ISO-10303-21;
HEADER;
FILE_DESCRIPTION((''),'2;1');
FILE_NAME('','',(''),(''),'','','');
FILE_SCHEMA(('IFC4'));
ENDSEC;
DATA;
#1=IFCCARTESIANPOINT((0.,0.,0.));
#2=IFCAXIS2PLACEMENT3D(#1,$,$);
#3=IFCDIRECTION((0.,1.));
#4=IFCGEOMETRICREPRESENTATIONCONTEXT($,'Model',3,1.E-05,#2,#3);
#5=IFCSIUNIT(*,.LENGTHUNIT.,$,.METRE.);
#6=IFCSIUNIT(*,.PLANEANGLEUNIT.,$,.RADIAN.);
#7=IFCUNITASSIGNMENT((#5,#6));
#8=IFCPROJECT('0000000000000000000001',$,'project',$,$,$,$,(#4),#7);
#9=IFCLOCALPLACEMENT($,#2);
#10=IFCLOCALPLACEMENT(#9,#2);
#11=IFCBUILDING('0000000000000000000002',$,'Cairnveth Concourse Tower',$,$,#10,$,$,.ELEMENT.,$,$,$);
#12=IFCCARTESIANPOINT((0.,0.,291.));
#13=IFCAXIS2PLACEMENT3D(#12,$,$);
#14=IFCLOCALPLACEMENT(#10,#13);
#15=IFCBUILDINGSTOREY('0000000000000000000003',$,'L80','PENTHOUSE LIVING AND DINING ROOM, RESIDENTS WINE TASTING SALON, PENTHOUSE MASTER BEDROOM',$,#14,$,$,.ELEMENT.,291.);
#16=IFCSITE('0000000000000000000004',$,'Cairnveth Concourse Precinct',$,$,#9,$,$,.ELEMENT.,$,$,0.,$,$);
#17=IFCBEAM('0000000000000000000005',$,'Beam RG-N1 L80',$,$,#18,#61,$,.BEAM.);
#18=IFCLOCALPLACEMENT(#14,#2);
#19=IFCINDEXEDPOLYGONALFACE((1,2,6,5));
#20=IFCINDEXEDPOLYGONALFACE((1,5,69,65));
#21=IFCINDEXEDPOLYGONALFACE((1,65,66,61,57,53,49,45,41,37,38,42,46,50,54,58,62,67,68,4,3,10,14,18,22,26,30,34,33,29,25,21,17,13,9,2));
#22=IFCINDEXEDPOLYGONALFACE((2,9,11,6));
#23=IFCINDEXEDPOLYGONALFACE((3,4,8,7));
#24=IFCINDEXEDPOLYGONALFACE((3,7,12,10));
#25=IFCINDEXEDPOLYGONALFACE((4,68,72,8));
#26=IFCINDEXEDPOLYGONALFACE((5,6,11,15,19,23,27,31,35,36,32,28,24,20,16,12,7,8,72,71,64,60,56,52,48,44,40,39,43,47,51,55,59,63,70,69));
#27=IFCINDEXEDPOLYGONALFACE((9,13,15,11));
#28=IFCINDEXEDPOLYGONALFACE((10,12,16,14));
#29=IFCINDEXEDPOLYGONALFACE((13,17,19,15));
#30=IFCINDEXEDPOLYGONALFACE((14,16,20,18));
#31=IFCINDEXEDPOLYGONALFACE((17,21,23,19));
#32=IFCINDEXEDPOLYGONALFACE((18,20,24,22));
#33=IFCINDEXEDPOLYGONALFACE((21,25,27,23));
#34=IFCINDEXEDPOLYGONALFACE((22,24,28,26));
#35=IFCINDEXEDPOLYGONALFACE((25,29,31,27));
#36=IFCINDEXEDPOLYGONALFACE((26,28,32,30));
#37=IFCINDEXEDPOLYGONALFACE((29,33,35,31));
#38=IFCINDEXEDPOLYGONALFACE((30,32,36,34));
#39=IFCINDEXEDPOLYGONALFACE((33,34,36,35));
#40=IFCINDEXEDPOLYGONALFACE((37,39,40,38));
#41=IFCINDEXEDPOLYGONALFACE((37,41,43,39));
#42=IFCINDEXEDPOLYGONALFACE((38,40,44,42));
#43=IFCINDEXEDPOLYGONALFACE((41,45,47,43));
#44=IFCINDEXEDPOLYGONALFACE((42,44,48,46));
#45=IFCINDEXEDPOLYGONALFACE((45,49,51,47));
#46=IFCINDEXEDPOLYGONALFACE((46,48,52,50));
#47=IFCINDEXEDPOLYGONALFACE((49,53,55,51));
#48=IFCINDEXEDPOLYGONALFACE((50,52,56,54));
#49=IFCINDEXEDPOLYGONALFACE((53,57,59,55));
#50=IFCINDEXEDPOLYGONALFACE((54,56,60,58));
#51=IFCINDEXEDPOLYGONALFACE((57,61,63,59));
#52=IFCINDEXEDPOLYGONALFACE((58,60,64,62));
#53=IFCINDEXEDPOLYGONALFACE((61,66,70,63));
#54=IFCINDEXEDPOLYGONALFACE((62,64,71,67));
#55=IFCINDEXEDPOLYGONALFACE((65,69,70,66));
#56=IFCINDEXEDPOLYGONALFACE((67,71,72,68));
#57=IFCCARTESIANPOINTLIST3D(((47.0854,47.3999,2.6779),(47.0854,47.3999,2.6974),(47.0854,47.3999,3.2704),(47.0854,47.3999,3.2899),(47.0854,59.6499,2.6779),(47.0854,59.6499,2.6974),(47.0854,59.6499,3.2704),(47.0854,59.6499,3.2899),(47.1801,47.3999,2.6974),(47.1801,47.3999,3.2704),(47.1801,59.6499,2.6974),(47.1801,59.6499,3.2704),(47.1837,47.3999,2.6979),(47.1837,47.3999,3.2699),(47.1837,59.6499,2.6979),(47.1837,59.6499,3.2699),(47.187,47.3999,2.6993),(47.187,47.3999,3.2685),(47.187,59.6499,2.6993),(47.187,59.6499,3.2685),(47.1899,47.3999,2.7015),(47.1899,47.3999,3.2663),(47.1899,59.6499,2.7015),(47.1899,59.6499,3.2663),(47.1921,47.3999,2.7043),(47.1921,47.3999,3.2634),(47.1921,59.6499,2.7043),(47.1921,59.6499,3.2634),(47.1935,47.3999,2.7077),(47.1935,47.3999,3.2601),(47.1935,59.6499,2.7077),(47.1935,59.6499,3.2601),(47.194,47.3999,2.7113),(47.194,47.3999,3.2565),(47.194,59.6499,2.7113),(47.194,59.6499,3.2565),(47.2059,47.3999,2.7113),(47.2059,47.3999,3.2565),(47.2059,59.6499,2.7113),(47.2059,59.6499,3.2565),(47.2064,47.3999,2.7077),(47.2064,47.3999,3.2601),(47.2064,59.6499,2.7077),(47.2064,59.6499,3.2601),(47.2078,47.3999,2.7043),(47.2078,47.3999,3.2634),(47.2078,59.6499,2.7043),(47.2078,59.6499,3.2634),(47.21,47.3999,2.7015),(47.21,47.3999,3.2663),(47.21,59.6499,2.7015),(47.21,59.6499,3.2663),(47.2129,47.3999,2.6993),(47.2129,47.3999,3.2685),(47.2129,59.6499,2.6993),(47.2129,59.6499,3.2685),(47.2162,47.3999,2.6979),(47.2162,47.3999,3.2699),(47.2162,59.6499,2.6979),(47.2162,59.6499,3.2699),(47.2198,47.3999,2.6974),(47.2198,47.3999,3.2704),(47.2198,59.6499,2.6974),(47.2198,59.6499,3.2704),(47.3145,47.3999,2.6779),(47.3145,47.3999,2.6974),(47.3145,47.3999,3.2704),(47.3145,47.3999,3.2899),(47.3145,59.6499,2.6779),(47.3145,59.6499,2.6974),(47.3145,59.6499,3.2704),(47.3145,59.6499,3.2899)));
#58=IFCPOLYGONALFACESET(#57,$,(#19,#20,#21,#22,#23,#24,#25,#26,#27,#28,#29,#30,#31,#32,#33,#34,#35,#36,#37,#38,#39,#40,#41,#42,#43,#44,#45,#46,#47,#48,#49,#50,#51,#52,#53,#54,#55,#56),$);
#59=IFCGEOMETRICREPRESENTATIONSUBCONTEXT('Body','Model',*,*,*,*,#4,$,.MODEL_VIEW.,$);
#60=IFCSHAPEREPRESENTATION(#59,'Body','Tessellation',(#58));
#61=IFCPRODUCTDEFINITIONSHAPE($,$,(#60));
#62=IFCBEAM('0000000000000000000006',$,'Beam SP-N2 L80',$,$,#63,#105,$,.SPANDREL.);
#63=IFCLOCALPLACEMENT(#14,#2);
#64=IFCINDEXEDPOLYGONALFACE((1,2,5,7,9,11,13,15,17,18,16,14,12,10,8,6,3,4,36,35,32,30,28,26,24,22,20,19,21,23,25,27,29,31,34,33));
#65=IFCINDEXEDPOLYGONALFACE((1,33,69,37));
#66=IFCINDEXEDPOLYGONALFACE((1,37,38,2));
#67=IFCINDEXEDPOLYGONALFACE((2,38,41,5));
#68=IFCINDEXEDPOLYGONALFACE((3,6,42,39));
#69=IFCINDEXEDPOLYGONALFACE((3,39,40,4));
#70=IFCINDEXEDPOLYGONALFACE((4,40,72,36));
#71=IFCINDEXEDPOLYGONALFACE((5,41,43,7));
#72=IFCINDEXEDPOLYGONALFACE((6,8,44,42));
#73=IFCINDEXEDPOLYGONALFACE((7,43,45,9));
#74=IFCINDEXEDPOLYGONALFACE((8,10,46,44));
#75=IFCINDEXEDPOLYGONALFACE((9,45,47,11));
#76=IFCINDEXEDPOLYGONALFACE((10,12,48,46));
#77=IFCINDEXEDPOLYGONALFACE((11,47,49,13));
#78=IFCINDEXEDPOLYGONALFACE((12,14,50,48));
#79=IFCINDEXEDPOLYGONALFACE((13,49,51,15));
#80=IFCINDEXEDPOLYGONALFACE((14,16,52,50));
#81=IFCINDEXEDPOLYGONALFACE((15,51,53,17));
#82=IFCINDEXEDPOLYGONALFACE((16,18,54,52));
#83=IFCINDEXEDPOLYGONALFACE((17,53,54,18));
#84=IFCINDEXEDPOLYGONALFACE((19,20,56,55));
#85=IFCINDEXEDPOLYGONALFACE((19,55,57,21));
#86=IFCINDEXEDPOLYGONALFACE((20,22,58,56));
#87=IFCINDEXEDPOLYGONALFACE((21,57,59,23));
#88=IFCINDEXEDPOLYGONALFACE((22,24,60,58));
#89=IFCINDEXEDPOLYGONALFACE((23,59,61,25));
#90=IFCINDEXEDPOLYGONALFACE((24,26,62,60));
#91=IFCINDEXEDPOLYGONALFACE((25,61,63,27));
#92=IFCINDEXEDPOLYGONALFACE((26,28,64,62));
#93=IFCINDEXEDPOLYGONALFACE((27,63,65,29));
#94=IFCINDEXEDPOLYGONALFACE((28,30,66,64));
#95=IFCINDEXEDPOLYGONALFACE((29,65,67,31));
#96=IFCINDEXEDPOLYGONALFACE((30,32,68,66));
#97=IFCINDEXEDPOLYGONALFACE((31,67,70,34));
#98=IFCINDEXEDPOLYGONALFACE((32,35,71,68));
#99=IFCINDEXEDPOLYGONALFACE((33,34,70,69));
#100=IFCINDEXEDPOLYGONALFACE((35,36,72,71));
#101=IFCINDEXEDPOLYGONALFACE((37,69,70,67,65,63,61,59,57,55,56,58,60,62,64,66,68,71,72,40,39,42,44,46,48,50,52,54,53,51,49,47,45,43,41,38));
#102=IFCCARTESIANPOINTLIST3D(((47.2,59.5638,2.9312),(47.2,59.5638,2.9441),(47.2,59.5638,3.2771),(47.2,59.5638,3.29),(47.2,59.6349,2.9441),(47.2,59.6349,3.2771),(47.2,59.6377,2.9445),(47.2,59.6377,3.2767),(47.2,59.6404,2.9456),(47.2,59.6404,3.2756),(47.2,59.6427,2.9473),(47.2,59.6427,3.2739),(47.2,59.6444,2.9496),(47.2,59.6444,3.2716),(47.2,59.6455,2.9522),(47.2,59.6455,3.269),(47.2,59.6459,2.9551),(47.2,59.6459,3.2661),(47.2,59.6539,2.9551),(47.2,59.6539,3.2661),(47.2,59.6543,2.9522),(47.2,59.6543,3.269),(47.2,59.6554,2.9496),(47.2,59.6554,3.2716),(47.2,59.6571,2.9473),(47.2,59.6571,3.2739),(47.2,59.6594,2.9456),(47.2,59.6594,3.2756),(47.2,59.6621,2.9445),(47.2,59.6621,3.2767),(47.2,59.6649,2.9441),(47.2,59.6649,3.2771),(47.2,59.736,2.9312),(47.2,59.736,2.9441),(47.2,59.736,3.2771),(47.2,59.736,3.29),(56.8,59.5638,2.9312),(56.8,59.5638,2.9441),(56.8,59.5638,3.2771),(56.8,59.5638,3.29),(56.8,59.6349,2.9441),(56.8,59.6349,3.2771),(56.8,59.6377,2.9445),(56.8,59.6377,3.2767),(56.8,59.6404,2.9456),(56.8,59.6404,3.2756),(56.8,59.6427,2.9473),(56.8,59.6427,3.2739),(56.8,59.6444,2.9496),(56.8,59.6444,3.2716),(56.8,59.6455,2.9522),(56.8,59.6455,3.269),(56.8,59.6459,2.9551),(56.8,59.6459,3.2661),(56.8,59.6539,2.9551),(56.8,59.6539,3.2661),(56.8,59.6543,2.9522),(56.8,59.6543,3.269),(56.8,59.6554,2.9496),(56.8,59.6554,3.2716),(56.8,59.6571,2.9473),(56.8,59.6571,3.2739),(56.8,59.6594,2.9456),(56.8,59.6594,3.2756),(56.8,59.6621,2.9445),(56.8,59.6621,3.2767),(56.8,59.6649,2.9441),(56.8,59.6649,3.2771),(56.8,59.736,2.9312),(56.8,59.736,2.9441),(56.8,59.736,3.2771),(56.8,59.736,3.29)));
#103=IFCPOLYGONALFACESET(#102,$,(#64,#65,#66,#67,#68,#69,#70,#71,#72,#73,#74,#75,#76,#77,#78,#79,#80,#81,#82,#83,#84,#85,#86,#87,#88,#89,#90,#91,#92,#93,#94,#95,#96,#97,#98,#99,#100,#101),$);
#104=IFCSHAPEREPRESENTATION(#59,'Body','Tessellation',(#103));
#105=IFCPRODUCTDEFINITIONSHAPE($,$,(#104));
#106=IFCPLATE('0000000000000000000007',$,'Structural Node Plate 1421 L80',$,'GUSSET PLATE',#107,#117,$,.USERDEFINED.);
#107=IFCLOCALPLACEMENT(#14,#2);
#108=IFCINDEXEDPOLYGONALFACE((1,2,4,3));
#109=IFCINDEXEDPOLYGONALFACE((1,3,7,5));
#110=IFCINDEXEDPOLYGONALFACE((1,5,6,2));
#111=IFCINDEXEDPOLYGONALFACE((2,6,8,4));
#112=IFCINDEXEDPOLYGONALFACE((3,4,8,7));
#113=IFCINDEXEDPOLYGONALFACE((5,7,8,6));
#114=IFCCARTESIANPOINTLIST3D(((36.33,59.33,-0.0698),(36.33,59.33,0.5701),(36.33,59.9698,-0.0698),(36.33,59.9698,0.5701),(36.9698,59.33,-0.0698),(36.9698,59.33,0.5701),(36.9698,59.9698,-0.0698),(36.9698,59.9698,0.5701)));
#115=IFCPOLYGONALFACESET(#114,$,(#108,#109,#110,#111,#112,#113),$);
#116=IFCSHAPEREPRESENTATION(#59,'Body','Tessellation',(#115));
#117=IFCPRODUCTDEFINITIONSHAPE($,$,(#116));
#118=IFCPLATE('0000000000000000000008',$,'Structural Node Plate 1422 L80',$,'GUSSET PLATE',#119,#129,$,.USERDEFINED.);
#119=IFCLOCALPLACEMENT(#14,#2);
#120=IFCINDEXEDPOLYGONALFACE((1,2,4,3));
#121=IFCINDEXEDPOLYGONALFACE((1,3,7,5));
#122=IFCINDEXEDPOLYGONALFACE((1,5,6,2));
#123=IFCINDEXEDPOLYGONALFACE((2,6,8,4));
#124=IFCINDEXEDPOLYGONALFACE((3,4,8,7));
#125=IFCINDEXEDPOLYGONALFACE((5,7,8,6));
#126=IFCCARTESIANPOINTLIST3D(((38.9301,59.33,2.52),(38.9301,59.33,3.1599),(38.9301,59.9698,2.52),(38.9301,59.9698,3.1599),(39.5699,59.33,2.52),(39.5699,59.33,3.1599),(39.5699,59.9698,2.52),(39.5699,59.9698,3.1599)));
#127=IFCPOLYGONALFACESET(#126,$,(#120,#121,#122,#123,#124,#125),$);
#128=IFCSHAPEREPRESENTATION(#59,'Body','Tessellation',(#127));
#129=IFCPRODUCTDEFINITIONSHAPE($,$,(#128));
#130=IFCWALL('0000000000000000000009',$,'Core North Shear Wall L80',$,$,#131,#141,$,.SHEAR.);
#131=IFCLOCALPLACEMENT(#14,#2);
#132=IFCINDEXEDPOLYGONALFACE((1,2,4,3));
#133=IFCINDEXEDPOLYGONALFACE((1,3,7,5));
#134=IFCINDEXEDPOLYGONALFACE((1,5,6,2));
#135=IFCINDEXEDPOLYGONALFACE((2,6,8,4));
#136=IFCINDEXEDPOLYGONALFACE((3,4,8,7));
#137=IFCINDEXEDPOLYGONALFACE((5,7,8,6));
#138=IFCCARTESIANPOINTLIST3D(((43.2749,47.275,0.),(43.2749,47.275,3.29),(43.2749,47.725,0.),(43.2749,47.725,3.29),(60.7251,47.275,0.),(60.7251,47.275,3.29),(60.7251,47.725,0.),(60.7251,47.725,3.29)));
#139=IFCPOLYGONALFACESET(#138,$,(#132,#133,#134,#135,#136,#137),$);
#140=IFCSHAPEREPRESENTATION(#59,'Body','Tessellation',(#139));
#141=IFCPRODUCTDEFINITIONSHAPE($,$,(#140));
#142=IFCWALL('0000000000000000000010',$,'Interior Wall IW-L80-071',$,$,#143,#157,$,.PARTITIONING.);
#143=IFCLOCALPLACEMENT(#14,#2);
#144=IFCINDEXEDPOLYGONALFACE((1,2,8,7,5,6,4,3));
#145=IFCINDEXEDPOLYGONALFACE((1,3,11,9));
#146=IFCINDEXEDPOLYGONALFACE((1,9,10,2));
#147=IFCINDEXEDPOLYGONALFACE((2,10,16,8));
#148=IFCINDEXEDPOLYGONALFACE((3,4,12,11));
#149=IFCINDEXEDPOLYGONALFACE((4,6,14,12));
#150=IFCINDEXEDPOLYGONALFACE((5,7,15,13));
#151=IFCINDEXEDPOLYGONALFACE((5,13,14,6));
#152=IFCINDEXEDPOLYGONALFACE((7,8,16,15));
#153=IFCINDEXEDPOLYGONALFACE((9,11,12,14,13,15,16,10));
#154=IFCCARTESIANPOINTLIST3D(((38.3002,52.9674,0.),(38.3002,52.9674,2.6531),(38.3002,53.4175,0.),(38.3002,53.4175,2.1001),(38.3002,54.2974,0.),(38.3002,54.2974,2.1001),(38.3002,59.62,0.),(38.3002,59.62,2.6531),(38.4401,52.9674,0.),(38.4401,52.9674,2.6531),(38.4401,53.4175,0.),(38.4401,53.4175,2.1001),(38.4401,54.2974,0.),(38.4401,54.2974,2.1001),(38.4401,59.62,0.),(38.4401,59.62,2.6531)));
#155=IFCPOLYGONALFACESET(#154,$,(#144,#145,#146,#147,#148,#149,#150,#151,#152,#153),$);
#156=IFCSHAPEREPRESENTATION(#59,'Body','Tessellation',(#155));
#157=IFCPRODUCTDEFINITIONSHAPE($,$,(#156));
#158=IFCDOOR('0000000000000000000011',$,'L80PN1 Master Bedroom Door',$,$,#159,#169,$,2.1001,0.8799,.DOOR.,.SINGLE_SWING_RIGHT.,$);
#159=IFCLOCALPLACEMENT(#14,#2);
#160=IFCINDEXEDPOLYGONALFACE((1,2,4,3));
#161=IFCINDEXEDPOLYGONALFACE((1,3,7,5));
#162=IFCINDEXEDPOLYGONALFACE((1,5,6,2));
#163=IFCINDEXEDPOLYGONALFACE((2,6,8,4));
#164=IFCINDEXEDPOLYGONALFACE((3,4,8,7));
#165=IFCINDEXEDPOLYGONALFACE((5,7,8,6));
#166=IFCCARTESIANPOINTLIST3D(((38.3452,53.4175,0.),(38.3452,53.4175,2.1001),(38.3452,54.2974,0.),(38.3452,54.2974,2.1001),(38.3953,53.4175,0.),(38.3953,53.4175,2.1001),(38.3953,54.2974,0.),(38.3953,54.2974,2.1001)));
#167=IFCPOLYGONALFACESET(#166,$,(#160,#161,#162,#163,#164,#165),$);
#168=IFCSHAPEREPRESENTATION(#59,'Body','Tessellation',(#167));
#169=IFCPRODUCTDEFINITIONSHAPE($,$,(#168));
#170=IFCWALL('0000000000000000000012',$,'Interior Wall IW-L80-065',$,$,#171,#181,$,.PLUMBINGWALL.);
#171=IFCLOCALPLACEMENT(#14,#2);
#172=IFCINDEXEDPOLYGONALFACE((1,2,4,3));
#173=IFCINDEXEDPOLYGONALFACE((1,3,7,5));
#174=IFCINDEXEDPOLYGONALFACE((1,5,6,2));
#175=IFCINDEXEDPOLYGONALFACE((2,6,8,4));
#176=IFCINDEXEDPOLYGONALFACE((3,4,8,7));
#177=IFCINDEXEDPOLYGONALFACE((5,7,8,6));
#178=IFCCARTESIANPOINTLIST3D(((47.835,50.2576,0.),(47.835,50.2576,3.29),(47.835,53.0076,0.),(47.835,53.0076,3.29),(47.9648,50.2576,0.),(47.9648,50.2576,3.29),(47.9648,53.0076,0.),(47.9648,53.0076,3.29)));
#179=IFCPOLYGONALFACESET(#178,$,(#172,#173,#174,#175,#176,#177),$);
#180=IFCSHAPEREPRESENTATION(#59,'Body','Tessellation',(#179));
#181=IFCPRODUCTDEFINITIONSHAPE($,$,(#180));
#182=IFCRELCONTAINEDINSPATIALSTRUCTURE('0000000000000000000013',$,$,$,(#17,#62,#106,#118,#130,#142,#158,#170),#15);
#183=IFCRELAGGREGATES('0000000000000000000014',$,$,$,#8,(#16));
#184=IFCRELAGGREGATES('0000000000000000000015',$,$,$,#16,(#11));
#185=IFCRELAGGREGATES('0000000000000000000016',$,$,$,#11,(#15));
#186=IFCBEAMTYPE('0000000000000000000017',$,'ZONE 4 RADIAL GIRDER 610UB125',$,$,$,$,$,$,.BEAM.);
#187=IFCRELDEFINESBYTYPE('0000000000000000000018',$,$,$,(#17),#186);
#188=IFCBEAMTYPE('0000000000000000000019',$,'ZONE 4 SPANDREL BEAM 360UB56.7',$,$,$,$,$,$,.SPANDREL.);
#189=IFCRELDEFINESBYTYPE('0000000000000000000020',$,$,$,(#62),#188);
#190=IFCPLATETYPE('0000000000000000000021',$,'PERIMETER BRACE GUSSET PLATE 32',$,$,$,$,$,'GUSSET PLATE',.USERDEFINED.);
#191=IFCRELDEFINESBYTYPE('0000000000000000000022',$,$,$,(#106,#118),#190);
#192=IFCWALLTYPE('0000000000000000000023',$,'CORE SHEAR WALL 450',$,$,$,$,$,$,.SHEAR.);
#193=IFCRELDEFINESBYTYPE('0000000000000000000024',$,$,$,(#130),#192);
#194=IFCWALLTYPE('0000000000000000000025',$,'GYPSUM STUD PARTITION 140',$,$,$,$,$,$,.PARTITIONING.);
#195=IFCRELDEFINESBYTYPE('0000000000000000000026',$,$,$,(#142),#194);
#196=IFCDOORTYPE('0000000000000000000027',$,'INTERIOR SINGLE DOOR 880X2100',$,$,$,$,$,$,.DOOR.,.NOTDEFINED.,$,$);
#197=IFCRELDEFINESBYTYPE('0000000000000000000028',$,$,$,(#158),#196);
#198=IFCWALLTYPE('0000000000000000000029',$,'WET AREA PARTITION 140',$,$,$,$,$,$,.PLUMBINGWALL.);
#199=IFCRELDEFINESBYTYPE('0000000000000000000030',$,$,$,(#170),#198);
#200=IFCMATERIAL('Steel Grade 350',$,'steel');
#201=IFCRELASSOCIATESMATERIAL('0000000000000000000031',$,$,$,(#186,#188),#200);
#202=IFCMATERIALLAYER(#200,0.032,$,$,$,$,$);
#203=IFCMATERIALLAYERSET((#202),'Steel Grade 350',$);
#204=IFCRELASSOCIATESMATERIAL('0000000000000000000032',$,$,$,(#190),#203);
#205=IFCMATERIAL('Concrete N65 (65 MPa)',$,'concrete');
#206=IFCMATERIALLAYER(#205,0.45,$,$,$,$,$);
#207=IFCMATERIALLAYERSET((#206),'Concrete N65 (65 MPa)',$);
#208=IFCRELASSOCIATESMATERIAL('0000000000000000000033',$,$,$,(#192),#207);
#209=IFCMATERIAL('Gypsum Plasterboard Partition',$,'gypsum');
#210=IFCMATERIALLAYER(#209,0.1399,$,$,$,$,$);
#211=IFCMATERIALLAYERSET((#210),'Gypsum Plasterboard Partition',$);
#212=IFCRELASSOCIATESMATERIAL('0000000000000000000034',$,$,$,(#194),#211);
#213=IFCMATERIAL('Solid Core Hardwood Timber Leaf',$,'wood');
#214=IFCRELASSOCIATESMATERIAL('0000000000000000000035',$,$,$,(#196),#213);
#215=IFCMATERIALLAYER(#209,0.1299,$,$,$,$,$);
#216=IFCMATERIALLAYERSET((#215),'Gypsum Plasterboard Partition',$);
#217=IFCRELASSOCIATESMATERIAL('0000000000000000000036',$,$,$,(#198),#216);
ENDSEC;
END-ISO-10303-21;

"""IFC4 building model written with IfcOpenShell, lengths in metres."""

from ifc_helpers import new_model, si_unit, direction, frame, frame_2d, origin, origin_2d, place, context, subcontext, project, spatial, rectangle, i_section, extrude, material, layer, layer_set, material_profile, profile_set, type_object, element, fill, save


model = new_model("IFC4")

# Units and contexts
model_context = context("Model", 3, precision=1e-05, world=origin(), true_north=direction((0.0, 1.0)))
body_context = subcontext(model_context, "Body", "Model", "MODEL_VIEW")
ifc_project = project(units=[si_unit("LENGTHUNIT", "METRE"), si_unit("PLANEANGLEUNIT", "RADIAN")], contexts=[model_context])

# Site, building, storey
site_placement = place(None, origin())
site = spatial("IfcSite", under=ifc_project, at=site_placement, Name="Cairnveth Concourse Precinct", CompositionType="ELEMENT", RefElevation=0.0)
building_placement = place(site_placement, origin())
building = spatial("IfcBuilding", under=site, at=building_placement, Name="Cairnveth Concourse Tower", CompositionType="ELEMENT")
storey_placement = place(building_placement, frame((0.0, 0.0, 291.0)))
storey = spatial("IfcBuildingStorey", under=building, at=storey_placement, Name="L80", Description="PENTHOUSE LIVING AND DINING ROOM, RESIDENTS WINE TASTING SALON, PENTHOUSE MASTER BEDROOM", CompositionType="ELEMENT", Elevation=291.0)

# Shared definitions
ifc_material_1 = material(Name="Steel Grade 350", Category="steel")

# Beams
ifc_material_profile_1 = material_profile(ifc_material_1, i_section(OverallWidth=0.229, OverallDepth=0.6121, WebThickness=0.012, FlangeThickness=0.0195, FilletRadius=0.0139, at=origin_2d()), Name="610UB125")
ifc_profile_set_1 = profile_set([ifc_material_profile_1], Name="Steel Grade 350")
beam_type_1 = type_object("IfcBeamType", Name="ZONE 4 RADIAL GIRDER 610UB125", PredefinedType="BEAM", material=ifc_profile_set_1)
beam_1_placement = place(storey_placement, frame((47.2, 47.3999, 2.9839), z_axis=(0.0, 1.0, 0.0), x_axis=(-1.0, 0.0, 0.0)))
element("IfcBeam", 1, at=beam_1_placement, inside=storey, type_object=beam_type_1, Name="Beam RG-N1 L80", PredefinedType="BEAM", context=body_context, shape_type="SweptSolid", body=[
    extrude(i_section(OverallWidth=0.229, OverallDepth=0.6121, WebThickness=0.012, FlangeThickness=0.0195, FilletRadius=0.0139, at=origin_2d()), origin(), (0.0, 0.0, 1.0), 12.25),
])
ifc_material_profile_2 = material_profile(ifc_material_1, i_section(OverallWidth=0.1721, OverallDepth=0.3589, WebThickness=0.0081, FlangeThickness=0.0129, FilletRadius=0.011, at=origin_2d()), Name="360UB56.7")
ifc_profile_set_2 = profile_set([ifc_material_profile_2], Name="Steel Grade 350")
beam_type_2 = type_object("IfcBeamType", Name="ZONE 4 SPANDREL BEAM 360UB56.7", PredefinedType="SPANDREL", material=ifc_profile_set_2)
beam_2_placement = place(storey_placement, frame((47.2, 59.6499, 3.1106), z_axis=(1.0, 0.0, 0.0), x_axis=(0.0, 1.0, 0.0)))
element("IfcBeam", 2, at=beam_2_placement, inside=storey, type_object=beam_type_2, Name="Beam SP-N2 L80", PredefinedType="SPANDREL", context=body_context, shape_type="SweptSolid", body=[
    extrude(i_section(OverallWidth=0.1721, OverallDepth=0.3589, WebThickness=0.0081, FlangeThickness=0.0129, FilletRadius=0.011, at=origin_2d()), origin(), (0.0, 0.0, 1.0), 9.6001),
])

# Plates
ifc_layer_1 = layer(ifc_material_1, 0.032)
ifc_layer_set_1 = layer_set([ifc_layer_1], Name="Steel Grade 350")
plate_type = type_object("IfcPlateType", Name="PERIMETER BRACE GUSSET PLATE 32", ElementType="GUSSET PLATE", PredefinedType="USERDEFINED", material=ifc_layer_set_1)
for number, where, z_axis, x_axis, name in (
    (3, (36.6499, 59.6499, -0.0698), (0.0, 0.0, 1.0), (1.0, 0.0, 0.0), "Structural Node Plate 1421 L80"),
    (4, (39.25, 59.6499, 2.52), (0.0, 0.0, 1.0), (1.0, 0.0, 0.0), "Structural Node Plate 1422 L80"),
):
    element("IfcPlate", number, at=place(storey_placement, frame(where, z_axis=z_axis, x_axis=x_axis)), inside=storey, type_object=plate_type, Name=name, ObjectType="GUSSET PLATE", PredefinedType="USERDEFINED", context=body_context, shape_type="SweptSolid", body=[
        extrude(rectangle(XDim=0.6399, YDim=0.6399, at=origin_2d()), origin(), (0.0, 0.0, 1.0), 0.6399),
    ])

# Wall
ifc_material_2 = material(Name="Concrete N65 (65 MPa)", Category="concrete")
ifc_layer_2 = layer(ifc_material_2, 0.45)
ifc_layer_set_2 = layer_set([ifc_layer_2], Name="Concrete N65 (65 MPa)")
wall_type_1 = type_object("IfcWallType", Name="CORE SHEAR WALL 450", PredefinedType="SHEAR", material=ifc_layer_set_2)
wall_1_placement = place(storey_placement, frame((43.2749, 47.5, 0.0), z_axis=(0.0, 0.0, 1.0), x_axis=(1.0, 0.0, 0.0)))
element("IfcWall", 5, at=wall_1_placement, inside=storey, type_object=wall_type_1, Name="Core North Shear Wall L80", PredefinedType="SHEAR", context=body_context, shape_type="SweptSolid", body=[
    extrude(rectangle(XDim=17.4502, YDim=0.45, at=frame_2d((8.7251, 0.0))), origin(), (0.0, 0.0, 1.0), 3.29),
])

# Wall, opening, door
ifc_material_3 = material(Name="Gypsum Plasterboard Partition", Category="gypsum")
ifc_layer_3 = layer(ifc_material_3, 0.1399)
ifc_layer_set_3 = layer_set([ifc_layer_3], Name="Gypsum Plasterboard Partition")
wall_type_2 = type_object("IfcWallType", Name="GYPSUM STUD PARTITION 140", PredefinedType="PARTITIONING", material=ifc_layer_set_3)
wall_2_placement = place(storey_placement, frame((38.3701, 52.9675, 0.0), z_axis=(0.0, 0.0, 1.0), x_axis=(0.0, 1.0, 0.0)))
wall_2 = element("IfcWall", 6, at=wall_2_placement, inside=storey, type_object=wall_type_2, Name="Interior Wall IW-L80-071", PredefinedType="PARTITIONING", context=body_context, shape_type="SweptSolid", body=[
    extrude(rectangle(XDim=6.6526, YDim=0.1399, at=frame_2d((3.3262, 0.0))), origin(), (0.0, 0.0, 1.0), 2.6531),
])
opening_placement = place(wall_2_placement, frame((0.45, 0.0, 0.0)))
opening = element("IfcOpeningElement", 7, at=opening_placement, cuts=wall_2, PredefinedType="OPENING", context=body_context, shape_type="SweptSolid", body=[
    extrude(rectangle(XDim=0.8799, YDim=2.1001, at=frame_2d((0.4399, 1.05))), frame((0.0, 0.0798, 0.0), z_axis=(0.0, -1.0, 0.0), x_axis=(1.0, 0.0, 0.0)), (0.0, 0.0, 1.0), 0.1599),
])
ifc_material_4 = material(Name="Solid Core Hardwood Timber Leaf", Category="wood")
door_type = type_object("IfcDoorType", Name="INTERIOR SINGLE DOOR 880X2100", OperationType="NOTDEFINED", PredefinedType="DOOR", material=ifc_material_4)
door_placement = place(opening_placement, origin())
door = element("IfcDoor", 8, at=door_placement, inside=storey, type_object=door_type, Name="L80PN1 Master Bedroom Door", OperationType="SINGLE_SWING_RIGHT", OverallHeight=2.1001, OverallWidth=0.8799, PredefinedType="DOOR", context=body_context, shape_type="SweptSolid", body=[
    extrude(rectangle(XDim=0.8799, YDim=2.1001, at=frame_2d((0.4399, 1.05))), frame((0.0, 0.0249, 0.0), z_axis=(0.0, -1.0, 0.0), x_axis=(1.0, 0.0, 0.0)), (0.0, 0.0, 1.0), 0.05),
])
fill(opening, door)

# Wall
ifc_layer_4 = layer(ifc_material_3, 0.1299)
ifc_layer_set_4 = layer_set([ifc_layer_4], Name="Gypsum Plasterboard Partition")
wall_type_3 = type_object("IfcWallType", Name="WET AREA PARTITION 140", PredefinedType="PLUMBINGWALL", material=ifc_layer_set_4)
wall_3_placement = place(storey_placement, frame((47.8999, 50.2576, 0.0), z_axis=(0.0, 0.0, 1.0), x_axis=(0.0, 1.0, 0.0)))
element("IfcWall", 9, at=wall_3_placement, inside=storey, type_object=wall_type_3, Name="Interior Wall IW-L80-065", PredefinedType="PLUMBINGWALL", context=body_context, shape_type="SweptSolid", body=[
    extrude(rectangle(XDim=2.75, YDim=0.1299, at=frame_2d((1.375, 0.0))), origin(), (0.0, 0.0, 1.0), 3.29),
])

save(model, "model.ifc")
